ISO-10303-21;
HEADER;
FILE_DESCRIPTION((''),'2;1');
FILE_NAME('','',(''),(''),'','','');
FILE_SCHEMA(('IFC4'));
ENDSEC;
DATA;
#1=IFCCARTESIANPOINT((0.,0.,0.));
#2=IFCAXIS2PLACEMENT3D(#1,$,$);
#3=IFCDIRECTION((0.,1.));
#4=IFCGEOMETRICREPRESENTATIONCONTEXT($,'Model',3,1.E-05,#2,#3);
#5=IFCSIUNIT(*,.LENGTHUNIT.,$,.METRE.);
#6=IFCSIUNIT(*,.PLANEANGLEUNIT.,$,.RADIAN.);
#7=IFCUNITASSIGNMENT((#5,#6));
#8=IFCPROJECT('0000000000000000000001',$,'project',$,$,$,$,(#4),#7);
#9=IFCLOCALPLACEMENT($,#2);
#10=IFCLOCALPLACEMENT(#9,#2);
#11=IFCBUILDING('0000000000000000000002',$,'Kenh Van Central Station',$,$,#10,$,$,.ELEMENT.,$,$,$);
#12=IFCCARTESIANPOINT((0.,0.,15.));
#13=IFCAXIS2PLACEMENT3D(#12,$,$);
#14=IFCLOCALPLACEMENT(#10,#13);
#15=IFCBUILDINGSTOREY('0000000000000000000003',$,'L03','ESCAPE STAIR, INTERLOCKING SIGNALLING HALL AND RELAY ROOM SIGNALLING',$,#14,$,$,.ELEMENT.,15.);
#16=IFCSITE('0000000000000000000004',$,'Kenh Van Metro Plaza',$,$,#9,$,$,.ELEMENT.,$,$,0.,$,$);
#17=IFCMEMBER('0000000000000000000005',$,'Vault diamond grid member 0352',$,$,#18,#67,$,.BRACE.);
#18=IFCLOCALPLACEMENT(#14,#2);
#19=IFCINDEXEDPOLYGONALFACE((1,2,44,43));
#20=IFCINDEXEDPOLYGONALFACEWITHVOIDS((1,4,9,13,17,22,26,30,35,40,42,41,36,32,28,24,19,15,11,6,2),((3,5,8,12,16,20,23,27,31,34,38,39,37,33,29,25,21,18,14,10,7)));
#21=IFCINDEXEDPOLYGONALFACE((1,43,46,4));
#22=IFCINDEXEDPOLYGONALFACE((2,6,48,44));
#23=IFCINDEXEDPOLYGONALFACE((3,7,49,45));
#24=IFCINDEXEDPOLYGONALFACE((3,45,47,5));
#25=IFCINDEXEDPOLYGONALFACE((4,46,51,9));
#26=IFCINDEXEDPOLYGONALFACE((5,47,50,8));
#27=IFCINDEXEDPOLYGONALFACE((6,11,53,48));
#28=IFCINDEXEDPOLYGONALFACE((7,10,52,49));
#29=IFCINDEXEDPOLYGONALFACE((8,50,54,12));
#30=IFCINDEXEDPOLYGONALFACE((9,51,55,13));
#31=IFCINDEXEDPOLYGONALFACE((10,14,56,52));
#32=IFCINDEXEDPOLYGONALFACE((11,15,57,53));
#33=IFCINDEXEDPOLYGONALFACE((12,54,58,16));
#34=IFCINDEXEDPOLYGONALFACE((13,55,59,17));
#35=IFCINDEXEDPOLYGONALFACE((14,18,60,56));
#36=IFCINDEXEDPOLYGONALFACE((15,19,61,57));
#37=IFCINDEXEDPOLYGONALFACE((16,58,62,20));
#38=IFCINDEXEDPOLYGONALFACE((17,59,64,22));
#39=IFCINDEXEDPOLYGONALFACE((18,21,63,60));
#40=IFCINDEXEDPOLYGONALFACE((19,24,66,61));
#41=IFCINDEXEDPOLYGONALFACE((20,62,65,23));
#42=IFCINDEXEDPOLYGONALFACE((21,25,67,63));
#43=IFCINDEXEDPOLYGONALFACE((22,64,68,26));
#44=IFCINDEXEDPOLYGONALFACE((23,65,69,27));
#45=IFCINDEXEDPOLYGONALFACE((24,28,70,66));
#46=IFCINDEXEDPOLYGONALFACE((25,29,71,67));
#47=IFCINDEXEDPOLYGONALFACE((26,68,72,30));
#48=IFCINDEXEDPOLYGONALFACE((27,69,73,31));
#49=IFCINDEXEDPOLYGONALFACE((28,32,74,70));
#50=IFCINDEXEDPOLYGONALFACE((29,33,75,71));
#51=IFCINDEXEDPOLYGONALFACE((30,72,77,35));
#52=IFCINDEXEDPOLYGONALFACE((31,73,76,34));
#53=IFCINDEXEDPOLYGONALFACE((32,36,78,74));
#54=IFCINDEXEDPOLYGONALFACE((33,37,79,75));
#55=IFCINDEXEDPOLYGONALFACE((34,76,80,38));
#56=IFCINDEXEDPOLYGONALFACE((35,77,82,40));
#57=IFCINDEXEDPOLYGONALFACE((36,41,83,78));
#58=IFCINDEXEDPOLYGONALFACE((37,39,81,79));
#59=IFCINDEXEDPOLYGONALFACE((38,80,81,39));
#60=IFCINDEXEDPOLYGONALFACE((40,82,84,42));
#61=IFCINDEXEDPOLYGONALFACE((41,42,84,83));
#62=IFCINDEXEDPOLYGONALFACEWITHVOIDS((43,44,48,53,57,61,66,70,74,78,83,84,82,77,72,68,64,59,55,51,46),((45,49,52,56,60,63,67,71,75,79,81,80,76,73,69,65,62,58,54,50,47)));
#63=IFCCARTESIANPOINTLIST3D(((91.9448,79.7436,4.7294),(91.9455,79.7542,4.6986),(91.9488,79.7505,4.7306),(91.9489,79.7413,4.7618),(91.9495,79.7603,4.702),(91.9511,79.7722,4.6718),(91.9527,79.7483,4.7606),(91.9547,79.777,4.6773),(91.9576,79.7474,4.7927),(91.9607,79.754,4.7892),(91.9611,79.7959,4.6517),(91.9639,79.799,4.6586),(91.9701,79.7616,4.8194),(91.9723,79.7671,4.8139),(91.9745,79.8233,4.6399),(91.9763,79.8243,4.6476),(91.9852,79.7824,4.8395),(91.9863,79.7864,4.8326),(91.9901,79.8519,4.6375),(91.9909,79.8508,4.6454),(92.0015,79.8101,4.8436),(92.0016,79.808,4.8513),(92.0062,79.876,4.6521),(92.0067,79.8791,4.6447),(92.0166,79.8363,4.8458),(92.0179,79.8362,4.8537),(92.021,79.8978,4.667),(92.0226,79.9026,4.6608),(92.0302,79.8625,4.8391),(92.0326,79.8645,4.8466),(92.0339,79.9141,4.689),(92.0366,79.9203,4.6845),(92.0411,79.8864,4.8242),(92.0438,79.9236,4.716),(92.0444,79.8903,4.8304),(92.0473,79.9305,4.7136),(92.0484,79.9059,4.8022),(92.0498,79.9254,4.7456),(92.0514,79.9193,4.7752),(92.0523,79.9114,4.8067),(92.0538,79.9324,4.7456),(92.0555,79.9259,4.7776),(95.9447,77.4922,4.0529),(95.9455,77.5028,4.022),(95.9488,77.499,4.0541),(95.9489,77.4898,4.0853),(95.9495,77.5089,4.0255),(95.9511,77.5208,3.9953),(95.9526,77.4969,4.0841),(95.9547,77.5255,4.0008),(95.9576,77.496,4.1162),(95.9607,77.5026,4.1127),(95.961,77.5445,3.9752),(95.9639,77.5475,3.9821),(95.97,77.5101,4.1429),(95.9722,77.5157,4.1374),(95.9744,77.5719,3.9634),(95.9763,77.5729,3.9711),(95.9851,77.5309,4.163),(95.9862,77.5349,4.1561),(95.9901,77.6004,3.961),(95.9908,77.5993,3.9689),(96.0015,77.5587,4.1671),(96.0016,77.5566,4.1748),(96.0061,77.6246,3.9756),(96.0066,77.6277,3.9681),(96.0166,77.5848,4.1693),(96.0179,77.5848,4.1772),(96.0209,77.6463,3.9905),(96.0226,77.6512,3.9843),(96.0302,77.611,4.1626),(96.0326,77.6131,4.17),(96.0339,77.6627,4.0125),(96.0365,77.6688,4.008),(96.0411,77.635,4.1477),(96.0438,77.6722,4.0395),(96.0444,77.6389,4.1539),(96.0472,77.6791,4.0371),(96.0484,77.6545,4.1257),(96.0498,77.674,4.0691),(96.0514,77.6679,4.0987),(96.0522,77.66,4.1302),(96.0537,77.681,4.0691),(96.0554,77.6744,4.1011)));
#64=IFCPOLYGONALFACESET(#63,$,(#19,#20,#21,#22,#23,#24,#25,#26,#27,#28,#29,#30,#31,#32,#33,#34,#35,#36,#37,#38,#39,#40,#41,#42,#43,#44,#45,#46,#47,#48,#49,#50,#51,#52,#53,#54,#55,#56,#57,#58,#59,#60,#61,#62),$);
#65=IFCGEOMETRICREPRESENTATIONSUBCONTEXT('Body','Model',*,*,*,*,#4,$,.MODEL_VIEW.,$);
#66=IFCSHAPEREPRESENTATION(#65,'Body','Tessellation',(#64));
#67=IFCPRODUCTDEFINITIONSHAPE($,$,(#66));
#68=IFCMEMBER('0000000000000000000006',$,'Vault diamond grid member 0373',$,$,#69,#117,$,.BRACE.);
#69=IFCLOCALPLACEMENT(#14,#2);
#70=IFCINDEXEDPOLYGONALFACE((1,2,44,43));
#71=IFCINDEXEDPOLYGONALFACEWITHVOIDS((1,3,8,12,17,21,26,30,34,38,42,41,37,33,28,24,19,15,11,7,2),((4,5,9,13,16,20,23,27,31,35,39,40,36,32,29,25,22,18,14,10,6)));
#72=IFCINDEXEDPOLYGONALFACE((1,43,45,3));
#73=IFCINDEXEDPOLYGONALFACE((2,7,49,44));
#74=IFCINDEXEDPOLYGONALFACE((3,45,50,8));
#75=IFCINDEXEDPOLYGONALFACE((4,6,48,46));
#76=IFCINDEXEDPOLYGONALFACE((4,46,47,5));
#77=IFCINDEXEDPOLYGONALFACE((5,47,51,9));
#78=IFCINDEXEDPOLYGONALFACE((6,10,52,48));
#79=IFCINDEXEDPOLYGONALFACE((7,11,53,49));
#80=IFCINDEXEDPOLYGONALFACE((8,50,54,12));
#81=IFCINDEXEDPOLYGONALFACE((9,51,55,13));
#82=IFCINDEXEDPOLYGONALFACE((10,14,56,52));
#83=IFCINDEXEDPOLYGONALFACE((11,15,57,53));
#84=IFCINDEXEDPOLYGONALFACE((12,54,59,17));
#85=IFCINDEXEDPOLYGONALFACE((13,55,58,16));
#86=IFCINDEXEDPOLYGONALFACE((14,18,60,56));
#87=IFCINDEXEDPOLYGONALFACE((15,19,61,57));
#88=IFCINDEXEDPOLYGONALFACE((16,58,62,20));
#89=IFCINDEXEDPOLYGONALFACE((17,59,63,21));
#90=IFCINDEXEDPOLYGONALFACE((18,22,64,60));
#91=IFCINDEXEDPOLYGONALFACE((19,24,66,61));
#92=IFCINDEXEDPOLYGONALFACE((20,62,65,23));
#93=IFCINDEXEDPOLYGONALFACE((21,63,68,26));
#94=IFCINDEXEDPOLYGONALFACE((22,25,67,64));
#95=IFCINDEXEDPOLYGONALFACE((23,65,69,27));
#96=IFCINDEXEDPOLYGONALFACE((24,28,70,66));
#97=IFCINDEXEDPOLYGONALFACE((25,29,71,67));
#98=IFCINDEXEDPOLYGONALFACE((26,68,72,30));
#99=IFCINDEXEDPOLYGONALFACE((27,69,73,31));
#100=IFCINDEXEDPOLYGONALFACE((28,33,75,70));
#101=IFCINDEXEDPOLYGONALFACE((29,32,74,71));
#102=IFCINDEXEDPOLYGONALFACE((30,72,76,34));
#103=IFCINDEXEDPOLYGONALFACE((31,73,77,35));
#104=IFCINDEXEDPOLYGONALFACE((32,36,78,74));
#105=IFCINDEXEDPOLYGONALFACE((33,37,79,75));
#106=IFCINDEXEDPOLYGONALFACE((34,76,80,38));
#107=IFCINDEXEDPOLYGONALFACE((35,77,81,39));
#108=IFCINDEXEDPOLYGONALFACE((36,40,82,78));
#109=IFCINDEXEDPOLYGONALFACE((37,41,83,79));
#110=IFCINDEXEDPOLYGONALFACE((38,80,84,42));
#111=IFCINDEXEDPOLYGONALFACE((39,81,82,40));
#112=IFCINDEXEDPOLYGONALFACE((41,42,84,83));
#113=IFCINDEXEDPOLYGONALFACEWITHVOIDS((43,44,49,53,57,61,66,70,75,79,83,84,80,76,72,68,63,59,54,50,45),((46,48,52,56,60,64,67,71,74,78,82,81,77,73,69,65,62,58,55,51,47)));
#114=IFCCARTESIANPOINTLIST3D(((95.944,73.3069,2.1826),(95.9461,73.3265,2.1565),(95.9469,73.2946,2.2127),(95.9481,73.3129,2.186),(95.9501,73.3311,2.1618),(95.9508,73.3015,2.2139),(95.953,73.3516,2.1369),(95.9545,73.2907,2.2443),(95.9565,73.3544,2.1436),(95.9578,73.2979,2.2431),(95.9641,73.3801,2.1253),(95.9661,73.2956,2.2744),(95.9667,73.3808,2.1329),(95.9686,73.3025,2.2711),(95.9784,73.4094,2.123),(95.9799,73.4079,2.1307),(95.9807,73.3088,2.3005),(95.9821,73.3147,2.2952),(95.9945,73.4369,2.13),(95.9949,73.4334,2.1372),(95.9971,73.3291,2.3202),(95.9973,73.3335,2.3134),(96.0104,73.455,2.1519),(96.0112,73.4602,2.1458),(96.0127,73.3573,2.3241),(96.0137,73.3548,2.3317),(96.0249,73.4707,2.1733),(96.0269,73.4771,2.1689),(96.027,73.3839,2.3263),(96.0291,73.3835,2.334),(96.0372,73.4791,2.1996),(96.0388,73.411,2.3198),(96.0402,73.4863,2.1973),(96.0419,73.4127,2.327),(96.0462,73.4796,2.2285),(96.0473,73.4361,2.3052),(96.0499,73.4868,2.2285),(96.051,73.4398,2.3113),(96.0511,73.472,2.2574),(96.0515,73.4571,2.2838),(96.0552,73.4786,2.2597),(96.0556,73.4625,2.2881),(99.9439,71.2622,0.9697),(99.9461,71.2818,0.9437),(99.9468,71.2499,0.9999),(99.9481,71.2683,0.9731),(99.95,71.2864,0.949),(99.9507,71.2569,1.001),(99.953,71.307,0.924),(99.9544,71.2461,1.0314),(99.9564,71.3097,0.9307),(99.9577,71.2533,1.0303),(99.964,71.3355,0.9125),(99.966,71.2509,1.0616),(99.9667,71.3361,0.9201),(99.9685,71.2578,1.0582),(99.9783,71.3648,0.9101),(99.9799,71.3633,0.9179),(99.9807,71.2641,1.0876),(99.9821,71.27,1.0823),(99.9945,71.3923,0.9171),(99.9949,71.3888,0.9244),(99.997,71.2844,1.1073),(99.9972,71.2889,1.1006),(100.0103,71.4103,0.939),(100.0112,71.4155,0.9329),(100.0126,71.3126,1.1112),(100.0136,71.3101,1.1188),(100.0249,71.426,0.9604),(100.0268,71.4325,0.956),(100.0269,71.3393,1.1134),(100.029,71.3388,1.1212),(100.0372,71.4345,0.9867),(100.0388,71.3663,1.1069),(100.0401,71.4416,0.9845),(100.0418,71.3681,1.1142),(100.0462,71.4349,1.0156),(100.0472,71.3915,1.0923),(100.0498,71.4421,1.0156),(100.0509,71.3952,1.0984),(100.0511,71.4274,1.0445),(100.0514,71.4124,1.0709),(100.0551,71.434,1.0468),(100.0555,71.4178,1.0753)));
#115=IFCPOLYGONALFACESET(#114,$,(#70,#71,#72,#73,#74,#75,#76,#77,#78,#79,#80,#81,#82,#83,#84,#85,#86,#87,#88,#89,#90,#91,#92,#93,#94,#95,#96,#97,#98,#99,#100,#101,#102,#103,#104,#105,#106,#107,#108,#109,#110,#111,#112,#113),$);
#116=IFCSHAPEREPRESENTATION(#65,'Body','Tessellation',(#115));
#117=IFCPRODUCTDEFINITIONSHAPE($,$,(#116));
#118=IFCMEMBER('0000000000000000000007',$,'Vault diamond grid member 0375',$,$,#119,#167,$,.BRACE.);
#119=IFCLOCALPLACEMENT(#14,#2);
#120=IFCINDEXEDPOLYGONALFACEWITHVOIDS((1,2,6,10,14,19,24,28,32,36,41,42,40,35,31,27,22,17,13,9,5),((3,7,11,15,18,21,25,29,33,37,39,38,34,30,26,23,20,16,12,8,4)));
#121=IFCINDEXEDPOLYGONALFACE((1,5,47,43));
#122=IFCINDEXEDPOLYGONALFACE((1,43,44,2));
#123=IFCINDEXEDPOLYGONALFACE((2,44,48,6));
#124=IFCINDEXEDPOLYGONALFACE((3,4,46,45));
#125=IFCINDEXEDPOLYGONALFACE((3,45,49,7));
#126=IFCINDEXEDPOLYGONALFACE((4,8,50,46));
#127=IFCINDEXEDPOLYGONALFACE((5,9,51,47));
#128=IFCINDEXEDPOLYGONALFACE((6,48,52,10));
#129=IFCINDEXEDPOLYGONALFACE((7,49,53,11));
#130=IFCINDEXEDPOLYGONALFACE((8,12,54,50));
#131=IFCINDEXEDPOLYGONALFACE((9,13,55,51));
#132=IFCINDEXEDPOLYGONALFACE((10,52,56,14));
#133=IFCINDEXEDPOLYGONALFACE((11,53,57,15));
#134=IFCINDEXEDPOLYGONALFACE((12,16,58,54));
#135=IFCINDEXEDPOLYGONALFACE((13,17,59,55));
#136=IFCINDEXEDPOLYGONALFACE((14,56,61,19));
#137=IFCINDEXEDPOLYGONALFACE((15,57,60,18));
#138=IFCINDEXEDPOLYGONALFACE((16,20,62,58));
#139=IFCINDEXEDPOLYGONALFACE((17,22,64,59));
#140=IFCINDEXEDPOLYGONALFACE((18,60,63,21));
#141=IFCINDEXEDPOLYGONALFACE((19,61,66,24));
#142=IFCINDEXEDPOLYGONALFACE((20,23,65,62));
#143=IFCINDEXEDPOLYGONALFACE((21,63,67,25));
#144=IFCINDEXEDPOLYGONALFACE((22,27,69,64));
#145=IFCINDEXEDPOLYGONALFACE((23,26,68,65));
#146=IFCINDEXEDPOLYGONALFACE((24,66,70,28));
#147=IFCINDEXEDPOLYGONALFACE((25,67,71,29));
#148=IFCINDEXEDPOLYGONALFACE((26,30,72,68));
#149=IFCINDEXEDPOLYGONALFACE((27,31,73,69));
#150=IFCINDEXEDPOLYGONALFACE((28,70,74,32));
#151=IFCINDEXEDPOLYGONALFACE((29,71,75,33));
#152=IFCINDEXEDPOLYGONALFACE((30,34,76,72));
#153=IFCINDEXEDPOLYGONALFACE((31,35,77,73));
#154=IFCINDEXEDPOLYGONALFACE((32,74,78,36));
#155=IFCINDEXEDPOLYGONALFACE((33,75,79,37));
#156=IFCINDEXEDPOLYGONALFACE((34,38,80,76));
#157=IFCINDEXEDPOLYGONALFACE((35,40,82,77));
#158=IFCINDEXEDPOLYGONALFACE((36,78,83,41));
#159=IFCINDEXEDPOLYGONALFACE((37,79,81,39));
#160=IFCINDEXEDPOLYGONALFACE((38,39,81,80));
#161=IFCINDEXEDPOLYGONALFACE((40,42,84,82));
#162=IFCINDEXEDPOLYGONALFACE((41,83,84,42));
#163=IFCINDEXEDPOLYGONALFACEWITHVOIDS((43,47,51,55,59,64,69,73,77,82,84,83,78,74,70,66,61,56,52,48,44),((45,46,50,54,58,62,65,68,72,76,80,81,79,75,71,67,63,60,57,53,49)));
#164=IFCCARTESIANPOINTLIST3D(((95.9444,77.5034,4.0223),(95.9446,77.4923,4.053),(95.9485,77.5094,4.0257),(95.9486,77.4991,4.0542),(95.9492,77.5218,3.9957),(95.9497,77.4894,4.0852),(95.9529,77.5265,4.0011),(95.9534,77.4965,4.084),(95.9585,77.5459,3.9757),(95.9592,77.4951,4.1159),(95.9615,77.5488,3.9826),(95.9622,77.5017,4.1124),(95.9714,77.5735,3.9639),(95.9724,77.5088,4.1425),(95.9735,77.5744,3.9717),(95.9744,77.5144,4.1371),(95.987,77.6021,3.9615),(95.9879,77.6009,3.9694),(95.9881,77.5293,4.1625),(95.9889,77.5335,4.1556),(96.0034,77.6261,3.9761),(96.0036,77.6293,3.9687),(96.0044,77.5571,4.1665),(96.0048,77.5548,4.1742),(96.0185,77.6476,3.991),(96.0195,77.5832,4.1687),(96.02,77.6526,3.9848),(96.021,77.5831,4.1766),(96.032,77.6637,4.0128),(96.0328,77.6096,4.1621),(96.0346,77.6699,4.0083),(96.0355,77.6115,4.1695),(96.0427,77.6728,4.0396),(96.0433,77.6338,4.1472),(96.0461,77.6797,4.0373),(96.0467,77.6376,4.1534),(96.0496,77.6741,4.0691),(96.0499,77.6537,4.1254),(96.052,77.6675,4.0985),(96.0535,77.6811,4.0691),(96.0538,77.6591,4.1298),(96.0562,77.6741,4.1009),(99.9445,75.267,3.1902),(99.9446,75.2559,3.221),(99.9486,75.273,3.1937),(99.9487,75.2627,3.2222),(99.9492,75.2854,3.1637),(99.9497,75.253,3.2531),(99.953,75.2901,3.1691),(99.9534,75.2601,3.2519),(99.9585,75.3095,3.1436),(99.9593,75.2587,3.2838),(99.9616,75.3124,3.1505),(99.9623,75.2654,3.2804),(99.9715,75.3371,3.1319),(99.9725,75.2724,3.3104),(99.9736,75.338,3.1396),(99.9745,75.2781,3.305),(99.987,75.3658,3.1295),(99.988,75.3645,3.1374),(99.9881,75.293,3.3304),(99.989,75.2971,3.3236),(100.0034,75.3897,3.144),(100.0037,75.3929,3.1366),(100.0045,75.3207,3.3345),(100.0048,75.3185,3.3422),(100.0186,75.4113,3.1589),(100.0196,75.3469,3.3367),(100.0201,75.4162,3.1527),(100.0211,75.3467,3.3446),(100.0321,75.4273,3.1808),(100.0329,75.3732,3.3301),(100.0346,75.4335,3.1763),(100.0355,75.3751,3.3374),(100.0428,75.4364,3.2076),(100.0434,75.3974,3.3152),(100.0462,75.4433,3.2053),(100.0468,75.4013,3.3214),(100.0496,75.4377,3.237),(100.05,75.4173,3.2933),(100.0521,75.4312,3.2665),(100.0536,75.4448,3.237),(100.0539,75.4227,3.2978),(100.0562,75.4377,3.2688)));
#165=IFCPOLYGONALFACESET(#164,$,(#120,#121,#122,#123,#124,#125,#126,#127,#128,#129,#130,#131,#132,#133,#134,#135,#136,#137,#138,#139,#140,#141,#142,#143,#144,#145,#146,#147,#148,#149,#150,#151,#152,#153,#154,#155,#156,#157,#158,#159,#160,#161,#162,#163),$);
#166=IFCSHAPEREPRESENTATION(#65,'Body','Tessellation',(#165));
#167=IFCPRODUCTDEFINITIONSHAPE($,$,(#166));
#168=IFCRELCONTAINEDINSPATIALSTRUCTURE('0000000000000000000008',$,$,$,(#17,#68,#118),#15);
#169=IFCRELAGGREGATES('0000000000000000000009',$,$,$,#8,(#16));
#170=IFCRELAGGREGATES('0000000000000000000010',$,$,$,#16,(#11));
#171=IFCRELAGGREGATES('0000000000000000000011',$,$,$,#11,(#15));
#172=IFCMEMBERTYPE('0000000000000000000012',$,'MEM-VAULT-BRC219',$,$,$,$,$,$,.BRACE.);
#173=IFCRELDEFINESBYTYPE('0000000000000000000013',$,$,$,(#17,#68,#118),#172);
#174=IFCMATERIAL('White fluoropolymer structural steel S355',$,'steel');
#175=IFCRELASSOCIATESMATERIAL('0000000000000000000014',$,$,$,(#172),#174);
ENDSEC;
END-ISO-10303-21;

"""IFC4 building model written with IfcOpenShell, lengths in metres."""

from ifc_helpers import new_model, si_unit, direction, frame, origin, origin_2d, place, context, subcontext, project, spatial, hollow_circle, extrude, material, material_profile, profile_set, type_object, element, save


model = new_model("IFC4")

# Units and contexts
model_context = context("Model", 3, precision=1e-05, world=origin(), true_north=direction((0.0, 1.0)))
body_context = subcontext(model_context, "Body", "Model", "MODEL_VIEW")
ifc_project = project(units=[si_unit("LENGTHUNIT", "METRE"), si_unit("PLANEANGLEUNIT", "RADIAN")], contexts=[model_context])

# Site, building, storey
site_placement = place(None, origin())
site = spatial("IfcSite", under=ifc_project, at=site_placement, Name="Kenh Van Metro Plaza", CompositionType="ELEMENT", RefElevation=0.0)
building_placement = place(site_placement, origin())
building = spatial("IfcBuilding", under=site, at=building_placement, Name="Kenh Van Central Station", CompositionType="ELEMENT")
storey_placement = place(building_placement, frame((0.0, 0.0, 15.0)))
storey = spatial("IfcBuildingStorey", under=building, at=storey_placement, Name="L03", Description="ESCAPE STAIR, INTERLOCKING SIGNALLING HALL AND RELAY ROOM SIGNALLING", CompositionType="ELEMENT", Elevation=15.0)

# Shared definitions
ifc_material_1 = material(Name="White fluoropolymer structural steel S355", Category="steel")

# Members
ifc_material_profile_1 = material_profile(ifc_material_1, hollow_circle(Radius=0.1096, WallThickness=0.0081, at=origin_2d()), Name="CHS 219.1x8")
ifc_profile_set_1 = profile_set([ifc_material_profile_1], Name="White fluoropolymer structural steel S355")
member_type_1 = type_object("IfcMemberType", Name="MEM-VAULT-BRC219", PredefinedType="BRACE", material=ifc_profile_set_1)
member_1_placement = place(storey_placement, frame((92.0, 79.8369, 4.7456), z_axis=(0.862126, -0.485261, -0.14581), x_axis=(0.490504, 0.871439, 0.0)))
element("IfcMember", 1, at=member_1_placement, inside=storey, type_object=member_type_1, Name="Vault diamond grid member 0352", PredefinedType="BRACE", context=body_context, shape_type="SweptSolid", body=[
    extrude(hollow_circle(Radius=0.1096, WallThickness=0.0081, at=origin_2d()), origin(), (0.0, 0.0, 1.0), 4.6396),
])
member_2_placement = place(storey_placement, frame((96.0, 73.3892, 2.2285), z_axis=(0.859633, -0.439418, -0.26066), x_axis=(0.455152, 0.890414, 0.0)))
element("IfcMember", 2, at=member_2_placement, inside=storey, type_object=member_type_1, Name="Vault diamond grid member 0373", PredefinedType="BRACE", context=body_context, shape_type="SweptSolid", body=[
    extrude(hollow_circle(Radius=0.1096, WallThickness=0.0081, at=origin_2d()), origin(), (0.0, 0.0, 1.0), 4.6531),
])
member_3_placement = place(storey_placement, frame((96.0, 77.5854, 4.0691), z_axis=(0.858807, -0.480144, -0.178639), x_axis=(0.487993, 0.872847, 0.0)))
element("IfcMember", 3, at=member_3_placement, inside=storey, type_object=member_type_1, Name="Vault diamond grid member 0375", PredefinedType="BRACE", context=body_context, shape_type="SweptSolid", body=[
    extrude(hollow_circle(Radius=0.1096, WallThickness=0.0081, at=origin_2d()), origin(), (0.0, 0.0, 1.0), 4.6577),
])

save(model, "model.ifc")
